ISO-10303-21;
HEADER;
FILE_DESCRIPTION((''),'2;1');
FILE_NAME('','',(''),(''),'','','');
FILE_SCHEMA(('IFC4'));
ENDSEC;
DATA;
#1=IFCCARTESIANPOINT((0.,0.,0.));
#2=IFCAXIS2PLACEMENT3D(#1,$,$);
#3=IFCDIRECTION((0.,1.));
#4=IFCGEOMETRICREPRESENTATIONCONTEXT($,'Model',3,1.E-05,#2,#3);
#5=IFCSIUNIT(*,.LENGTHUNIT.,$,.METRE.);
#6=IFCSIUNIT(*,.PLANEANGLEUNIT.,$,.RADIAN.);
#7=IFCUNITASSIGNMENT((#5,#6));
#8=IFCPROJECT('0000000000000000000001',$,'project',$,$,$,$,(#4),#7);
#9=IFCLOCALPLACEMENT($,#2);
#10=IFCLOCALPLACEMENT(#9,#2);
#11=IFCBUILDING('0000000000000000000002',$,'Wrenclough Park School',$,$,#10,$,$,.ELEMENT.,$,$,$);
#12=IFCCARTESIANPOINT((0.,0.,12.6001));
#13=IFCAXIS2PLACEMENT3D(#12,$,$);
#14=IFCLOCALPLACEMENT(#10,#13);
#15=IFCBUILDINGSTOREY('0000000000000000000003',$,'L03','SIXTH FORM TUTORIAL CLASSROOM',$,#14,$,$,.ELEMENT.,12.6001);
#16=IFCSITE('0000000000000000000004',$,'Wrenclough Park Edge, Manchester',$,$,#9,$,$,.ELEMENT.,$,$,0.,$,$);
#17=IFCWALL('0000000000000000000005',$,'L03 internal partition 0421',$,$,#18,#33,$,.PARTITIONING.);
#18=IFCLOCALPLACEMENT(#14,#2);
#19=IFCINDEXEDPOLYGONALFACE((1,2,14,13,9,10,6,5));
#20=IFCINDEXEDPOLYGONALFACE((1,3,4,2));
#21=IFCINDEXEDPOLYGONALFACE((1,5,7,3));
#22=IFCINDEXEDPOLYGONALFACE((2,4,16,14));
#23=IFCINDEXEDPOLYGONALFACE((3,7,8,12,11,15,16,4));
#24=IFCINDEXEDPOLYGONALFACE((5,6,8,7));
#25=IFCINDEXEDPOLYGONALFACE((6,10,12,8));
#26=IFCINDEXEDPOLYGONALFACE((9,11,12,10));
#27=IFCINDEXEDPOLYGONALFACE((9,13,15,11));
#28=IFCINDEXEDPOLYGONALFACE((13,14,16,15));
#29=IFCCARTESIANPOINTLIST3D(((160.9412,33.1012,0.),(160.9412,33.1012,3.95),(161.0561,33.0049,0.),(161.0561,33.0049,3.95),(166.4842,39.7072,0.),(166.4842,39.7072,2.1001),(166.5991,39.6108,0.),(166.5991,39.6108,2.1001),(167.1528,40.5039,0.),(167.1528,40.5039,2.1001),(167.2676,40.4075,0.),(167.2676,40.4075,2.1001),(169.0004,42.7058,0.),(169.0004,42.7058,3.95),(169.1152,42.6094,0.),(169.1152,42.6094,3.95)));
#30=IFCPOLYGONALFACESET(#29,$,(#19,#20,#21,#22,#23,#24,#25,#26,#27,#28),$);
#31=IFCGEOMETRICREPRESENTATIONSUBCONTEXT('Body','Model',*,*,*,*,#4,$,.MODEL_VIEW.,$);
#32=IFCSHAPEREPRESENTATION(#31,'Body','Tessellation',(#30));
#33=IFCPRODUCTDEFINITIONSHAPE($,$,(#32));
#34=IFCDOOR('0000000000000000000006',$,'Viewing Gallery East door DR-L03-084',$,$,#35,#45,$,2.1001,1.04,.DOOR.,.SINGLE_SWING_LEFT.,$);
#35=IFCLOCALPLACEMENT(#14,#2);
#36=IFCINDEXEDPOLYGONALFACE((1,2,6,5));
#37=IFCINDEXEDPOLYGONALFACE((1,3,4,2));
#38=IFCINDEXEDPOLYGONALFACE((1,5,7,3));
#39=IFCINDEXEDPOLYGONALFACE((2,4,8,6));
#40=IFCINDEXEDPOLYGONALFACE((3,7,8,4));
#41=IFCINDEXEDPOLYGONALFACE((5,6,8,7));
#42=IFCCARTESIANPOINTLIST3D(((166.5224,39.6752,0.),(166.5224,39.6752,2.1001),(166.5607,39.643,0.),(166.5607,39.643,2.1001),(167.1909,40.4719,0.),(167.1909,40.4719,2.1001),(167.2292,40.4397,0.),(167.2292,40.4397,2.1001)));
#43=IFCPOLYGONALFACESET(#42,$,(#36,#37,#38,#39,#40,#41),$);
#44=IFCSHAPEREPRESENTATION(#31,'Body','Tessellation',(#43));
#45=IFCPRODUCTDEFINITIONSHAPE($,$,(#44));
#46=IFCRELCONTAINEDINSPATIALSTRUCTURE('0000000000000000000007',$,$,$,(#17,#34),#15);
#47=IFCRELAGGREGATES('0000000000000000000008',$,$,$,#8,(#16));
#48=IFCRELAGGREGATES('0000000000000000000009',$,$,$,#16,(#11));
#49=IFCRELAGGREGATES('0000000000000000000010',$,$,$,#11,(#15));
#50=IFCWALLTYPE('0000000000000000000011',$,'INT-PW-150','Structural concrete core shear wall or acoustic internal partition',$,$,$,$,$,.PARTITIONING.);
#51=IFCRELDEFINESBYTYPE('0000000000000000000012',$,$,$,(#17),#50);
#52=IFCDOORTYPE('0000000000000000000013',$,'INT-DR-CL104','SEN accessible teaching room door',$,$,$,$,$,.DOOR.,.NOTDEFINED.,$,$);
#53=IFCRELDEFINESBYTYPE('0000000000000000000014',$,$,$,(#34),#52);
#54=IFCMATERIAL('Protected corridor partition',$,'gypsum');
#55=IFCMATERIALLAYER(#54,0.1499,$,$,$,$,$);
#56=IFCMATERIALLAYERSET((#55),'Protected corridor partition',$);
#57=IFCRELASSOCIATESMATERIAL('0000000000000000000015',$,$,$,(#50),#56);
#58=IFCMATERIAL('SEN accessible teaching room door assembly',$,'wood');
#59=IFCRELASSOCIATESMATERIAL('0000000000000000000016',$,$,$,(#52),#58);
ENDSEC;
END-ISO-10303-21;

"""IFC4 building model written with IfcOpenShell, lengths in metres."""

from ifc_helpers import new_model, si_unit, direction, frame, frame_2d, origin, place, context, subcontext, project, spatial, rectangle, extrude, material, layer, layer_set, type_object, element, fill, save


model = new_model("IFC4")

# Units and contexts
model_context = context("Model", 3, precision=1e-05, world=origin(), true_north=direction((0.0, 1.0)))
body_context = subcontext(model_context, "Body", "Model", "MODEL_VIEW")
ifc_project = project(units=[si_unit("LENGTHUNIT", "METRE"), si_unit("PLANEANGLEUNIT", "RADIAN")], contexts=[model_context])

# Site, building, storey
site_placement = place(None, origin())
site = spatial("IfcSite", under=ifc_project, at=site_placement, Name="Wrenclough Park Edge, Manchester", CompositionType="ELEMENT", RefElevation=0.0)
building_placement = place(site_placement, origin())
building = spatial("IfcBuilding", under=site, at=building_placement, Name="Wrenclough Park School", CompositionType="ELEMENT")
storey_placement = place(building_placement, frame((0.0, 0.0, 12.6001)))
storey = spatial("IfcBuildingStorey", under=building, at=storey_placement, Name="L03", Description="SIXTH FORM TUTORIAL CLASSROOM", CompositionType="ELEMENT", Elevation=12.6001)

# Wall, opening, door
ifc_material_1 = material(Name="Protected corridor partition", Category="gypsum")
ifc_layer_1 = layer(ifc_material_1, 0.1499)
ifc_layer_set_1 = layer_set([ifc_layer_1], Name="Protected corridor partition")
wall_type_1 = type_object("IfcWallType", Name="INT-PW-150", Description="Structural concrete core shear wall or acoustic internal partition", PredefinedType="PARTITIONING", material=ifc_layer_set_1)
wall_1_placement = place(storey_placement, frame((169.0579, 42.6577, 0.0), z_axis=(0.0, 0.0, 1.0), x_axis=(-0.642786, -0.766046, 0.0)))
wall_1 = element("IfcWall", 1, at=wall_1_placement, inside=storey, type_object=wall_type_1, Name="L03 internal partition 0421", PredefinedType="PARTITIONING", context=body_context, shape_type="SweptSolid", body=[
    extrude(rectangle(XDim=12.5378, YDim=0.1499, at=frame_2d((6.269, 0.0))), origin(), (0.0, 0.0, 1.0), 3.95),
])
opening_1_placement = place(wall_1_placement, frame((2.8745, 0.0, 0.0)))
opening_1 = element("IfcOpeningElement", 2, at=opening_1_placement, cuts=wall_1, PredefinedType="OPENING", context=body_context, shape_type="SweptSolid", body=[
    extrude(rectangle(XDim=1.04, YDim=2.1001, at=frame_2d((0.52, 1.05))), frame((0.0, 0.085, 0.0), z_axis=(0.0, -1.0, 0.0), x_axis=(1.0, 0.0, 0.0)), (0.0, 0.0, 1.0), 0.1699),
])
ifc_material_2 = material(Name="SEN accessible teaching room door assembly", Category="wood")
door_type = type_object("IfcDoorType", Name="INT-DR-CL104", Description="SEN accessible teaching room door", OperationType="NOTDEFINED", PredefinedType="DOOR", material=ifc_material_2)
door_placement = place(opening_1_placement, origin())
door = element("IfcDoor", 3, at=door_placement, inside=storey, type_object=door_type, Name="Viewing Gallery East door DR-L03-084", OperationType="SINGLE_SWING_LEFT", OverallHeight=2.1001, OverallWidth=1.04, PredefinedType="DOOR", context=body_context, shape_type="SweptSolid", body=[
    extrude(rectangle(XDim=1.04, YDim=2.1001, at=frame_2d((0.52, 1.05))), frame((0.0, 0.0249, 0.0), z_axis=(0.0, -1.0, 0.0), x_axis=(1.0, 0.0, 0.0)), (0.0, 0.0, 1.0), 0.05),
])
fill(opening_1, door)

save(model, "model.ifc")
